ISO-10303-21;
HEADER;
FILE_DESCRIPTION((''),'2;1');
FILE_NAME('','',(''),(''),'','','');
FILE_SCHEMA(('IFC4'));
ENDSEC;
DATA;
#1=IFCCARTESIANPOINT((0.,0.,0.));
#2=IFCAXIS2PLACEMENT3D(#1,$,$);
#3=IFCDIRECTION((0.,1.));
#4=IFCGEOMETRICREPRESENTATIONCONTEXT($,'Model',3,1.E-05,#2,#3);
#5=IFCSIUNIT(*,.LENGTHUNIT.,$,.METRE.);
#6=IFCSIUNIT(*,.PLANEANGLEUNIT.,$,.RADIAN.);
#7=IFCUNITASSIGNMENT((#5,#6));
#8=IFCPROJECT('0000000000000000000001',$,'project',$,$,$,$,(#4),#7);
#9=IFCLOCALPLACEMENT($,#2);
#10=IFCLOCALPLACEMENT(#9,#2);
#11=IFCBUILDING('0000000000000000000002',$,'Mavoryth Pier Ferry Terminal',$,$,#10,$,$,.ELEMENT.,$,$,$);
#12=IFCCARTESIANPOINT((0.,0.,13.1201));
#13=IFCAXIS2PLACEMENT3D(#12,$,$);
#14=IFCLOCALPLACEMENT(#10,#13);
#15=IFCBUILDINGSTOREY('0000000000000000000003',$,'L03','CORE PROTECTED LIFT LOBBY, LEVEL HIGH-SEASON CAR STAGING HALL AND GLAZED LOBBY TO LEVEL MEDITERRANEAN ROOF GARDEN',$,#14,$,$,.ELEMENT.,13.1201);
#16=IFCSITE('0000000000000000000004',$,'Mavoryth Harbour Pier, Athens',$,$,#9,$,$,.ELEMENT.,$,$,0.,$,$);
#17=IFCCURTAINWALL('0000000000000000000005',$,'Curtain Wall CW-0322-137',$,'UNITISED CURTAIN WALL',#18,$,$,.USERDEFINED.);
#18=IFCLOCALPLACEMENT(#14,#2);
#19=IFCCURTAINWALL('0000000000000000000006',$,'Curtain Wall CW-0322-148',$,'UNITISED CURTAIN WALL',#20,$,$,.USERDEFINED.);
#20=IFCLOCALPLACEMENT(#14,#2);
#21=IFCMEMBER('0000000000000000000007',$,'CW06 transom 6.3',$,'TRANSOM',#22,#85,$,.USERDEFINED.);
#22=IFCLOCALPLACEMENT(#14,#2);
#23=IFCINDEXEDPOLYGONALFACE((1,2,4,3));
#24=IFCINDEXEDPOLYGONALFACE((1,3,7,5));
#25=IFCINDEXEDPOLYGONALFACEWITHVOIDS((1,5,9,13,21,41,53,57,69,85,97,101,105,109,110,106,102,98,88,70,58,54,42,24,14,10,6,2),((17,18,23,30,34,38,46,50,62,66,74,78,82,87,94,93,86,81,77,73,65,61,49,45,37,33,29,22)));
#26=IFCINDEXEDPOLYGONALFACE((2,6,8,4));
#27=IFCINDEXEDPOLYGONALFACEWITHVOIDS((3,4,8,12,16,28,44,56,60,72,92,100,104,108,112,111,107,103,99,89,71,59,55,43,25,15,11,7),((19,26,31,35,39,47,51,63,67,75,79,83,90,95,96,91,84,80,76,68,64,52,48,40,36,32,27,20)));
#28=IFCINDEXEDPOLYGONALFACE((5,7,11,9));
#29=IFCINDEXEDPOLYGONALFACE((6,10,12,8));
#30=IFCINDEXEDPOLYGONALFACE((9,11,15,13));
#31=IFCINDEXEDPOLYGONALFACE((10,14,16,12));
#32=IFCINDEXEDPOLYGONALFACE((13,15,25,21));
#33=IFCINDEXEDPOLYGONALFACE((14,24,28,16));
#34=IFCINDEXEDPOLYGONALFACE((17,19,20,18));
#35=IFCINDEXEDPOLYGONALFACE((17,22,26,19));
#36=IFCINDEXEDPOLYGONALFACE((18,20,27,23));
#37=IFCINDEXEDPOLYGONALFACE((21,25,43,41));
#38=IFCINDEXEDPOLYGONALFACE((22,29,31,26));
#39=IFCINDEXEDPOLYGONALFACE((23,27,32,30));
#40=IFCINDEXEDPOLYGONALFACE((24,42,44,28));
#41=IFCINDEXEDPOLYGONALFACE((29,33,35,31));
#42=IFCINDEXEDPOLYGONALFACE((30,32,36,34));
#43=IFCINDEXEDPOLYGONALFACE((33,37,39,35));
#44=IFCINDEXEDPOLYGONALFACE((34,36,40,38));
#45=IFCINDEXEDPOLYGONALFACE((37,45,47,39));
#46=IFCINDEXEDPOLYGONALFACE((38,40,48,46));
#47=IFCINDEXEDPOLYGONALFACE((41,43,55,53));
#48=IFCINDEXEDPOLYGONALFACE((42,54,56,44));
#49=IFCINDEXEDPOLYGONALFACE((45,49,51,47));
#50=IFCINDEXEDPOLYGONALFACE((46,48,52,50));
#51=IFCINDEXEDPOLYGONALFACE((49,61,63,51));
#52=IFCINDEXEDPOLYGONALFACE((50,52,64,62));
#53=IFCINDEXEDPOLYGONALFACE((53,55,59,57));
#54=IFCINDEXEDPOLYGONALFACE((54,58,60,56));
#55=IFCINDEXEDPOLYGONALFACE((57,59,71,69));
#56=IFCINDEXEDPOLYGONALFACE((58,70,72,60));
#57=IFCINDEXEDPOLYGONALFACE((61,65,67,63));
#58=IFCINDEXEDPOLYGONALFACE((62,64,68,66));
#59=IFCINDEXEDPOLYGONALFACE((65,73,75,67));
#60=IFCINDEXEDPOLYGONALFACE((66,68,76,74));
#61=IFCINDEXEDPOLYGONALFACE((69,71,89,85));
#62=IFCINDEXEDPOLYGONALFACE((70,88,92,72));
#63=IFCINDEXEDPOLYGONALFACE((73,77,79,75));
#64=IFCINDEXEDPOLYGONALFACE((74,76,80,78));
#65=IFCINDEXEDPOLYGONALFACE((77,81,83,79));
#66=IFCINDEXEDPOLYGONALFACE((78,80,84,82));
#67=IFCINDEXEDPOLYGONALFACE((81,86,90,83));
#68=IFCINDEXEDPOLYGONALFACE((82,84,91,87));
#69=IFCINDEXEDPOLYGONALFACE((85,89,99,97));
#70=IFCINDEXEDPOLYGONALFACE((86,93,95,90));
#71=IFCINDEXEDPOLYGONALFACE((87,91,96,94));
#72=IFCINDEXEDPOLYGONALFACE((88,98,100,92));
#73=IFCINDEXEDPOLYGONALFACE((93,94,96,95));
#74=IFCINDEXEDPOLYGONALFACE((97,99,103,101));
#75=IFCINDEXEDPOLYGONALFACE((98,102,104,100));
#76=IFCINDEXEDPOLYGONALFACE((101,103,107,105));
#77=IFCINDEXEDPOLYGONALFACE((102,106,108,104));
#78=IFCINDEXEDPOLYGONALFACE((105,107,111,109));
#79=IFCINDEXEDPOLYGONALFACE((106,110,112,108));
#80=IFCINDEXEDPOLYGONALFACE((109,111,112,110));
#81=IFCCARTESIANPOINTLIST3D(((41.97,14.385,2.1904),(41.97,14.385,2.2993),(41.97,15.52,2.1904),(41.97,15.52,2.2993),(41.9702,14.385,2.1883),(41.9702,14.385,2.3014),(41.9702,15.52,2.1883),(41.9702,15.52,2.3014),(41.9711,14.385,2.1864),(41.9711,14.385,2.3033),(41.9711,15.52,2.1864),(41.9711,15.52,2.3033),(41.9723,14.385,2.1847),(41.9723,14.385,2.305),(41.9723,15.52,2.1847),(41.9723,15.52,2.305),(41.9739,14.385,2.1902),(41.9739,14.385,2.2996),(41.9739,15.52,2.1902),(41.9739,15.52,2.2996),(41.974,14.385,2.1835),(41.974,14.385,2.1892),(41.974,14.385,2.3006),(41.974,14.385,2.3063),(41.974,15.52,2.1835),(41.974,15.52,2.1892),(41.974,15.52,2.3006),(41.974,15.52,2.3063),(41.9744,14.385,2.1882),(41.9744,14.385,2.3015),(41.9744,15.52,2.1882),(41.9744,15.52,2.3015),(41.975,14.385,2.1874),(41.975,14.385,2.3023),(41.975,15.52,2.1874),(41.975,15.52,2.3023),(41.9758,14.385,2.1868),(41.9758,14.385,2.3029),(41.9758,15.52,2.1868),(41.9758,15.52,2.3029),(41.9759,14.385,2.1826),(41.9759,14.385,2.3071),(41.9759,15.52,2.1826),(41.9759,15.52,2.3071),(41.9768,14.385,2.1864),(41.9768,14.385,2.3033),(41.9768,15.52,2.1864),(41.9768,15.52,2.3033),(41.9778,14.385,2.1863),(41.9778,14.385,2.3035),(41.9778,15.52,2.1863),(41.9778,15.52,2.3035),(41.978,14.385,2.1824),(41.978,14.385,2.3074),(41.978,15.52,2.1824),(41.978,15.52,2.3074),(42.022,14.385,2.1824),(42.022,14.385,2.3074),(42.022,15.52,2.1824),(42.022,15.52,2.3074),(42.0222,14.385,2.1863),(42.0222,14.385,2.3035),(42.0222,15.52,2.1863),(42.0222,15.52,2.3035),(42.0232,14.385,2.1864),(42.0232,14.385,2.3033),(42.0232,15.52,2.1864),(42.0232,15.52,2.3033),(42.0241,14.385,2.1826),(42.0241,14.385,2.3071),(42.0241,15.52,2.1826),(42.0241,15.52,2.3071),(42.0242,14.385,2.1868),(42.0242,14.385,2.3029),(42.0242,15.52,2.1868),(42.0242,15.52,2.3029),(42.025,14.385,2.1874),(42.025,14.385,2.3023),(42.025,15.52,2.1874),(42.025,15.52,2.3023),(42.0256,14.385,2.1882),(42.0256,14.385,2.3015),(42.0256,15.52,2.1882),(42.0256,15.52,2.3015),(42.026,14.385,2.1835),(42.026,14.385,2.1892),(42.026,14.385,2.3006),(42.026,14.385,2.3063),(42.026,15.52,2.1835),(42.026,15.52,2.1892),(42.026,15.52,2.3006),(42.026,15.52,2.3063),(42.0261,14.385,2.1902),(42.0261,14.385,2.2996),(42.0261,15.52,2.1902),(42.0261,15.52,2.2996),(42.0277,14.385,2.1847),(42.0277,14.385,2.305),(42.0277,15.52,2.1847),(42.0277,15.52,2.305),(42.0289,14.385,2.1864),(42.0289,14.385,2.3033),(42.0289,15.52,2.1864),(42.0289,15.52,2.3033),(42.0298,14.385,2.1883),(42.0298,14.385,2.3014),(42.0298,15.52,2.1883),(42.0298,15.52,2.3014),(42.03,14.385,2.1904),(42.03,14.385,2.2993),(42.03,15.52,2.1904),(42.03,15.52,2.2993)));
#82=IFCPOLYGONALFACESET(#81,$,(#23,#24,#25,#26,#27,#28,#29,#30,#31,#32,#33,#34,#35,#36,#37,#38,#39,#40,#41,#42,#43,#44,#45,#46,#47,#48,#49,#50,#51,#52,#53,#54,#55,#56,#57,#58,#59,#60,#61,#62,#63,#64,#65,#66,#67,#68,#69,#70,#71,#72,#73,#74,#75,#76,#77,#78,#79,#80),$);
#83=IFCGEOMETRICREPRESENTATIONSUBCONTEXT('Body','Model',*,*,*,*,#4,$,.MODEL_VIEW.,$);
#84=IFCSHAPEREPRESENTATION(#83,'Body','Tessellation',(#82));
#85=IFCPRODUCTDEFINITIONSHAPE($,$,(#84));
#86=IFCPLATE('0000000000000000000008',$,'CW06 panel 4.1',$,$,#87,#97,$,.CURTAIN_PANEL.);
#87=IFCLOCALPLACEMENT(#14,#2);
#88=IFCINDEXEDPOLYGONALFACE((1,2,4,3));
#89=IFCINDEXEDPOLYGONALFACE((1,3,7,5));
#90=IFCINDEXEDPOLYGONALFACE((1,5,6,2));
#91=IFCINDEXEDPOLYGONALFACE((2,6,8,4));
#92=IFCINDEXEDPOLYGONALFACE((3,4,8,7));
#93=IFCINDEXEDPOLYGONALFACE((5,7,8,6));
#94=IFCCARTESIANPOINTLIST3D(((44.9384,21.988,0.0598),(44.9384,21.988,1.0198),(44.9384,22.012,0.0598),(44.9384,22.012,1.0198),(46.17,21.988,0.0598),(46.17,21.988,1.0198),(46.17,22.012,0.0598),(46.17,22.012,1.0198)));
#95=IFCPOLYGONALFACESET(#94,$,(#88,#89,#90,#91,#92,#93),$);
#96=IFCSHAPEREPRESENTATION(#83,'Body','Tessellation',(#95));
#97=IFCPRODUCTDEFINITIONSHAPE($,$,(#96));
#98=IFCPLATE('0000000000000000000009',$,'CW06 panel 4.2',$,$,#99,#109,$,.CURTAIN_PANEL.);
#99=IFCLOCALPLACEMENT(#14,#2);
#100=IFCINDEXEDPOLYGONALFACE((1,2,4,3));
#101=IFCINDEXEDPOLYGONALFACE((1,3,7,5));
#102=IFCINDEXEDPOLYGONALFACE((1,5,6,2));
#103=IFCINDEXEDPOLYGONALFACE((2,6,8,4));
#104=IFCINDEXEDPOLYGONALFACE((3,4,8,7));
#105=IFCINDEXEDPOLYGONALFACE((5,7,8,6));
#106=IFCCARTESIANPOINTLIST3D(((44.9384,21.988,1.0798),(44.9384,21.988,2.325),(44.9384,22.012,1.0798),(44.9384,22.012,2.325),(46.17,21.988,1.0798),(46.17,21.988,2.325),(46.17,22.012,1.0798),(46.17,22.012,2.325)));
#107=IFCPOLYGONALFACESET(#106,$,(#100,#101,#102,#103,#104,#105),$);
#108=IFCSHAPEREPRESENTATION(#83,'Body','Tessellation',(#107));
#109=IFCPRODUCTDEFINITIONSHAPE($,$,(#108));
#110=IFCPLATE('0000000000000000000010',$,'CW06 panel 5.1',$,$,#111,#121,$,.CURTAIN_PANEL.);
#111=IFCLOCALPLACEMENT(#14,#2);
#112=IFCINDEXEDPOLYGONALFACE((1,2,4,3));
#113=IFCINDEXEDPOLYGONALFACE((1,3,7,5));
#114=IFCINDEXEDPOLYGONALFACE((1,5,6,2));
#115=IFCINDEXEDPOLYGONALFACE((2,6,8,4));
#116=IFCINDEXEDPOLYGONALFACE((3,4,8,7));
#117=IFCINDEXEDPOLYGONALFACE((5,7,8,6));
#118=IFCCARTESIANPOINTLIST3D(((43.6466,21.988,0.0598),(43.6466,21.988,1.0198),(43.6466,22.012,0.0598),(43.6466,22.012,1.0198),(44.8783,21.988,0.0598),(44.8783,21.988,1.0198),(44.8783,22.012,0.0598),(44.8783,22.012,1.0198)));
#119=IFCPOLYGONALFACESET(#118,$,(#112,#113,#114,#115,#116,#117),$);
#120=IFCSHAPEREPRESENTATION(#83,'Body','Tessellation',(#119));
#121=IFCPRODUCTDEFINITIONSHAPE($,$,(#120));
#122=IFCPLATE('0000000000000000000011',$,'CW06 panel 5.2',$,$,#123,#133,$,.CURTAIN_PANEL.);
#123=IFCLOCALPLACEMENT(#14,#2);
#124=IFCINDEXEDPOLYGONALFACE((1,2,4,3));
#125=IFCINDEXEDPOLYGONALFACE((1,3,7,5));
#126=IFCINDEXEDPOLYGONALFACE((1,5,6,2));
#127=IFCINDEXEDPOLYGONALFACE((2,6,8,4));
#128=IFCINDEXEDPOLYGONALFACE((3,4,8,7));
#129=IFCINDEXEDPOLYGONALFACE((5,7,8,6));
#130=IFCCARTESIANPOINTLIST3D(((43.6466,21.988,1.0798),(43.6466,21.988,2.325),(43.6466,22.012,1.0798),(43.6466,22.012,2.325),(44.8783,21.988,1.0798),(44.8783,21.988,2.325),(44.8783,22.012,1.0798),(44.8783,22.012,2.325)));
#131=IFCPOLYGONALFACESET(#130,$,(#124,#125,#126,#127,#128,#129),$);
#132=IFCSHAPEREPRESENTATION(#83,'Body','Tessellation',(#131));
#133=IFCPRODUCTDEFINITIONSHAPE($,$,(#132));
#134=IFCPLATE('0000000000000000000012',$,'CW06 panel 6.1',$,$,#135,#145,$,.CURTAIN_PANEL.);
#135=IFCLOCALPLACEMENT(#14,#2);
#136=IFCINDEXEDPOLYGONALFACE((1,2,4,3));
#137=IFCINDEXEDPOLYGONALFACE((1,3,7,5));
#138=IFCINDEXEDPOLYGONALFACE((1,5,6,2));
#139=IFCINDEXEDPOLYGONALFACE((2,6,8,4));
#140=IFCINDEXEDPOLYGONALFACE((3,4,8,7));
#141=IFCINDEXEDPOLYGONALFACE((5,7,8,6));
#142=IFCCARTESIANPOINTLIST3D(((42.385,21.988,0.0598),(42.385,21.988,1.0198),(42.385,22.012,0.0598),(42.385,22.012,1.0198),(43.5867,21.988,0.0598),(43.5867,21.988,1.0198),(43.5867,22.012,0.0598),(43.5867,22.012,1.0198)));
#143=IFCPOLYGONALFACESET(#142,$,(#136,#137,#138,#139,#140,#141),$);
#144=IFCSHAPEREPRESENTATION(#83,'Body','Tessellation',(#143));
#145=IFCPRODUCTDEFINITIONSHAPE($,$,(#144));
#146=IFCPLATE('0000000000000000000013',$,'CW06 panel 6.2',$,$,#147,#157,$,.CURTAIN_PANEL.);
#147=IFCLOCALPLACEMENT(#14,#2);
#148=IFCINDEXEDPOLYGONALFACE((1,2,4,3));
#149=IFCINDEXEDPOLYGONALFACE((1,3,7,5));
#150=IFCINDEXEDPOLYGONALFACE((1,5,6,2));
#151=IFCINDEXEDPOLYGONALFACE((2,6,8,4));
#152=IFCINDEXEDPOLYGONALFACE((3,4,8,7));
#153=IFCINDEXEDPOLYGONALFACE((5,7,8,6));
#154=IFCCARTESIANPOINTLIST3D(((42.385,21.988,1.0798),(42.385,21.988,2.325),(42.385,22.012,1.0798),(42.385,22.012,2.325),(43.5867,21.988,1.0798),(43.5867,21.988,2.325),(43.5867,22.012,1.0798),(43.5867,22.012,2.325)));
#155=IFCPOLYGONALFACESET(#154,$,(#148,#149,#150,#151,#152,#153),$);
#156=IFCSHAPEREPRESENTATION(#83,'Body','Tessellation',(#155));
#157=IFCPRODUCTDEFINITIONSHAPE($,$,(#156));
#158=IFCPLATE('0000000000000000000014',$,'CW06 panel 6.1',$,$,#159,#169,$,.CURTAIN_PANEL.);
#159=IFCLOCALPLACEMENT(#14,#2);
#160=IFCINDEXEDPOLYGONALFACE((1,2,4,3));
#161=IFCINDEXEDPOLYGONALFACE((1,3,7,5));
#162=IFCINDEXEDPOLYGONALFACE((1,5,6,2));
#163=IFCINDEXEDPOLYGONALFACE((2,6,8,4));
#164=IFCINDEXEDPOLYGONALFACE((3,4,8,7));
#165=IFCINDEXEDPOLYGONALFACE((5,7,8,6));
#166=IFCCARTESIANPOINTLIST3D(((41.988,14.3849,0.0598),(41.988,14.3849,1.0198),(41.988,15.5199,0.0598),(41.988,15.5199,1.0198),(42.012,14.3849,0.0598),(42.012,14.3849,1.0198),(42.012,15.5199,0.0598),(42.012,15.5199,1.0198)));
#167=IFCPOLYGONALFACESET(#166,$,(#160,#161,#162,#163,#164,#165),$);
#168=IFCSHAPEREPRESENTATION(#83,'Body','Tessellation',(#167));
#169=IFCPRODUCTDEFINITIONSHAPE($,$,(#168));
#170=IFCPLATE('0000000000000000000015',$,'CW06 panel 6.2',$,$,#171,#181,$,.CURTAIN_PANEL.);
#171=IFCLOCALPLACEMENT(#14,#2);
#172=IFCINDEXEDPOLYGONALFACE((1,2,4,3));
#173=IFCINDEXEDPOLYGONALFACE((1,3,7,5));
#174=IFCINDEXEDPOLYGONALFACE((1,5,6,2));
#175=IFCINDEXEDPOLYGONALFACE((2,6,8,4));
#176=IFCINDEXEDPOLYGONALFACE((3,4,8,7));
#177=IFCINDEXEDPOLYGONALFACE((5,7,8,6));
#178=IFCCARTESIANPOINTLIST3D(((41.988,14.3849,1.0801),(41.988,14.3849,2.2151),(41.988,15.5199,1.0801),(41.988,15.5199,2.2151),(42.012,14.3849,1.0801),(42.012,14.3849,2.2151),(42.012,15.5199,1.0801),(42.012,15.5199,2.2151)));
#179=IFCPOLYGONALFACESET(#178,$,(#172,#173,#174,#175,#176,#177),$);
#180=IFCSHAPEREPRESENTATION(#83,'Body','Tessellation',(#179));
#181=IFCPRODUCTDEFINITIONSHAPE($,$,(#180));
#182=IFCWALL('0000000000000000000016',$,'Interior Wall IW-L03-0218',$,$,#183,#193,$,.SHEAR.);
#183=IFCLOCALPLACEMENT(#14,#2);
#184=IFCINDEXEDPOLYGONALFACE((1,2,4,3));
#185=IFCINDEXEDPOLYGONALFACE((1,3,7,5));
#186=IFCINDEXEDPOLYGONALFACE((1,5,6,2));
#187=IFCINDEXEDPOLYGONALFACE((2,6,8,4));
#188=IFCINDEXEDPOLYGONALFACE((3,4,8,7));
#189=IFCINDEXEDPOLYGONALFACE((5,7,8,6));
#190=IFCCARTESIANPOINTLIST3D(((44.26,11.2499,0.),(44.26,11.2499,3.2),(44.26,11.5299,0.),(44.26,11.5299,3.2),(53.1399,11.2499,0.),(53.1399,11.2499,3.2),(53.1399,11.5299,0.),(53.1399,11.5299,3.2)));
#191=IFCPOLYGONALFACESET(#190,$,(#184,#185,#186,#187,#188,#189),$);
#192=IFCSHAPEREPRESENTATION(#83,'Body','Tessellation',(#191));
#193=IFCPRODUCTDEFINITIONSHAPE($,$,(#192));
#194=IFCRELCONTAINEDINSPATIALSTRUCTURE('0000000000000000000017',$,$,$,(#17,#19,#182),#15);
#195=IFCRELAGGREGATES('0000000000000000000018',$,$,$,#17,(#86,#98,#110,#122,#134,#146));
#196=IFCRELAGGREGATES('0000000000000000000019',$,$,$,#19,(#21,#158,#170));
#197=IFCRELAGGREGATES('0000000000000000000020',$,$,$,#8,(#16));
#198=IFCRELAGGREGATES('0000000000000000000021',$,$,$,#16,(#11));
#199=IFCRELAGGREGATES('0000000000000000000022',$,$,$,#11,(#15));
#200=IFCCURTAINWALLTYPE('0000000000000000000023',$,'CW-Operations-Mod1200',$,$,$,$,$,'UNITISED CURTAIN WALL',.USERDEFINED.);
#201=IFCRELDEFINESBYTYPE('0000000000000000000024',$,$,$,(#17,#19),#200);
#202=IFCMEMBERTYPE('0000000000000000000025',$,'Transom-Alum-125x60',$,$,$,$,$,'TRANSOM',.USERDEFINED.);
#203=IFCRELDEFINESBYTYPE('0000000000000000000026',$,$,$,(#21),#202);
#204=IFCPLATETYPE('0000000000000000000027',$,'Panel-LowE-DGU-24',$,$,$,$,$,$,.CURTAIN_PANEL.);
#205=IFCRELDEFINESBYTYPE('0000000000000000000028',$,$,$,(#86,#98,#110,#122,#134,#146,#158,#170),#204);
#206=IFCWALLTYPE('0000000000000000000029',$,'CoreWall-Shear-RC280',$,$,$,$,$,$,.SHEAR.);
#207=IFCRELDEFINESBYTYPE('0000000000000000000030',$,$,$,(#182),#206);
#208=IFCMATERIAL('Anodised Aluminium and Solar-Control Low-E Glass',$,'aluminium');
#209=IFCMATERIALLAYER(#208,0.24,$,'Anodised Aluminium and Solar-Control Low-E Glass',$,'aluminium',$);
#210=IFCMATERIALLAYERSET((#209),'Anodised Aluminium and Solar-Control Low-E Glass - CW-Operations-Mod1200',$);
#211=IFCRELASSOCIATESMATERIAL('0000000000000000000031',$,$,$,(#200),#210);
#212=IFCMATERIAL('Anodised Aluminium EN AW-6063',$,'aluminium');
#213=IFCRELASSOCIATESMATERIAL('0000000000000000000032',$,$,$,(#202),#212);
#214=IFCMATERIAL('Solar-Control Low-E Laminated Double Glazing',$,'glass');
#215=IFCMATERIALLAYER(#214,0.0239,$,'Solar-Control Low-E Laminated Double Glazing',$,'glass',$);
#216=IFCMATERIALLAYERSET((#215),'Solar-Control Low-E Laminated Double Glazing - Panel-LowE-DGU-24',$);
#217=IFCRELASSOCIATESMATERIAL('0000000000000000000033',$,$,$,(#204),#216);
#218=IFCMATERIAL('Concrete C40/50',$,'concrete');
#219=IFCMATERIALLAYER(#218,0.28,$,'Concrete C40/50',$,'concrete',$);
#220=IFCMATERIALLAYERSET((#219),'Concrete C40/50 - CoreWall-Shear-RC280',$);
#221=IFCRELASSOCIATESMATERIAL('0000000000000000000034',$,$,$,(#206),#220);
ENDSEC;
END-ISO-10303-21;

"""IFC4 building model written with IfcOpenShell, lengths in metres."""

from ifc_helpers import new_model, si_unit, direction, frame, frame_2d, origin, origin_2d, place, context, subcontext, project, spatial, rectangle, hollow_rectangle, extrude, material, layer, layer_set, material_profile, profile_set, type_object, element, aggregate, save


model = new_model("IFC4")

# Units and contexts
model_context = context("Model", 3, precision=1e-05, world=origin(), true_north=direction((0.0, 1.0)))
body_context = subcontext(model_context, "Body", "Model", "MODEL_VIEW")
ifc_project = project(units=[si_unit("LENGTHUNIT", "METRE"), si_unit("PLANEANGLEUNIT", "RADIAN")], contexts=[model_context])

# Site, building, storey
site_placement = place(None, origin())
site = spatial("IfcSite", under=ifc_project, at=site_placement, Name="Mavoryth Harbour Pier, Athens", CompositionType="ELEMENT", RefElevation=0.0)
building_placement = place(site_placement, origin())
building = spatial("IfcBuilding", under=site, at=building_placement, Name="Mavoryth Pier Ferry Terminal", CompositionType="ELEMENT")
storey_placement = place(building_placement, frame((0.0, 0.0, 13.1201)))
storey = spatial("IfcBuildingStorey", under=building, at=storey_placement, Name="L03", Description="CORE PROTECTED LIFT LOBBY, LEVEL HIGH-SEASON CAR STAGING HALL AND GLAZED LOBBY TO LEVEL MEDITERRANEAN ROOF GARDEN", CompositionType="ELEMENT", Elevation=13.1201)

# Shared definitions
ifc_material_1 = material(Name="Concrete C40/50", Category="concrete")

# Curtain wall
ifc_material_2 = material(Name="Anodised Aluminium and Solar-Control Low-E Glass", Category="aluminium")
ifc_layer_1 = layer(ifc_material_2, 0.24, Name="Anodised Aluminium and Solar-Control Low-E Glass", Category="aluminium")
ifc_layer_set_1 = layer_set([ifc_layer_1], Name="Anodised Aluminium and Solar-Control Low-E Glass - CW-Operations-Mod1200")
curtain_wall_type = type_object("IfcCurtainWallType", Name="CW-Operations-Mod1200", ElementType="UNITISED CURTAIN WALL", PredefinedType="USERDEFINED", material=ifc_layer_set_1)
curtain_wall_1_placement = place(storey_placement, origin())
curtain_wall_1 = element("IfcCurtainWall", 1, at=curtain_wall_1_placement, inside=storey, type_object=curtain_wall_type, Name="Curtain Wall CW-0322-137", ObjectType="UNITISED CURTAIN WALL", PredefinedType="USERDEFINED")
ifc_material_3 = material(Name="Anodised Aluminium EN AW-6063", Category="aluminium")

# Shared definitions
ifc_material_profile_1 = material_profile(ifc_material_3, hollow_rectangle(XDim=0.0601, YDim=0.125, WallThickness=0.0039, InnerFilletRadius=0.0039, OuterFilletRadius=0.0081, at=origin_2d()), Name="AL-TRAN 125x60x4", Category="aluminium")
ifc_profile_set_1 = profile_set([ifc_material_profile_1], Name="Anodised Aluminium EN AW-6063 - AL-TRAN 125x60x4")
member_type_1 = type_object("IfcMemberType", Name="Transom-Alum-125x60", ElementType="TRANSOM", PredefinedType="USERDEFINED", material=ifc_profile_set_1)

# Curtain wall, member
curtain_wall_2_placement = place(storey_placement, origin())
curtain_wall_2 = element("IfcCurtainWall", 2, at=curtain_wall_2_placement, inside=storey, type_object=curtain_wall_type, Name="Curtain Wall CW-0322-148", ObjectType="UNITISED CURTAIN WALL", PredefinedType="USERDEFINED")
member_1_placement = place(storey_placement, frame((42.0, 15.52, 2.2449), z_axis=(0.0, -1.0, 0.0), x_axis=(1.0, 0.0, 0.0)))
member_1 = element("IfcMember", 3, at=member_1_placement, type_object=member_type_1, Name="CW06 transom 6.3", ObjectType="TRANSOM", PredefinedType="USERDEFINED", context=body_context, shape_type="SweptSolid", body=[
    extrude(hollow_rectangle(XDim=0.0601, YDim=0.125, WallThickness=0.0039, InnerFilletRadius=0.0039, OuterFilletRadius=0.0081, at=origin_2d()), origin(), (0.0, 0.0, 1.0), 1.135),
])

# Plates
ifc_material_4 = material(Name="Solar-Control Low-E Laminated Double Glazing", Category="glass")
ifc_layer_2 = layer(ifc_material_4, 0.0239, Name="Solar-Control Low-E Laminated Double Glazing", Category="glass")
ifc_layer_set_2 = layer_set([ifc_layer_2], Name="Solar-Control Low-E Laminated Double Glazing - Panel-LowE-DGU-24")
plate_type = type_object("IfcPlateType", Name="Panel-LowE-DGU-24", PredefinedType="CURTAIN_PANEL", material=ifc_layer_set_2)
plate_1_placement = place(storey_placement, frame((45.5542, 22.0, 0.0598), z_axis=(0.0, 0.0, 1.0), x_axis=(-1.0, 0.0, 0.0)))
plate_1 = element("IfcPlate", 4, at=plate_1_placement, type_object=plate_type, Name="CW06 panel 4.1", PredefinedType="CURTAIN_PANEL", context=body_context, shape_type="SweptSolid", body=[
    extrude(rectangle(XDim=1.2317, YDim=0.0239, at=origin_2d()), origin(), (0.0, 0.0, 1.0), 0.96),
])
plate_2_placement = place(storey_placement, frame((45.5542, 22.0, 1.0798), z_axis=(0.0, 0.0, 1.0), x_axis=(-1.0, 0.0, 0.0)))
plate_2 = element("IfcPlate", 5, at=plate_2_placement, type_object=plate_type, Name="CW06 panel 4.2", PredefinedType="CURTAIN_PANEL", context=body_context, shape_type="SweptSolid", body=[
    extrude(rectangle(XDim=1.2317, YDim=0.0239, at=origin_2d()), origin(), (0.0, 0.0, 1.0), 1.2451),
])
plate_3_placement = place(storey_placement, frame((44.2625, 22.0, 0.0598), z_axis=(0.0, 0.0, 1.0), x_axis=(-1.0, 0.0, 0.0)))
plate_3 = element("IfcPlate", 6, at=plate_3_placement, type_object=plate_type, Name="CW06 panel 5.1", PredefinedType="CURTAIN_PANEL", context=body_context, shape_type="SweptSolid", body=[
    extrude(rectangle(XDim=1.2317, YDim=0.0239, at=origin_2d()), origin(), (0.0, 0.0, 1.0), 0.96),
])
plate_4_placement = place(storey_placement, frame((44.2625, 22.0, 1.0798), z_axis=(0.0, 0.0, 1.0), x_axis=(-1.0, 0.0, 0.0)))
plate_4 = element("IfcPlate", 7, at=plate_4_placement, type_object=plate_type, Name="CW06 panel 5.2", PredefinedType="CURTAIN_PANEL", context=body_context, shape_type="SweptSolid", body=[
    extrude(rectangle(XDim=1.2317, YDim=0.0239, at=origin_2d()), origin(), (0.0, 0.0, 1.0), 1.2451),
])
plate_5_placement = place(storey_placement, frame((42.9858, 22.0, 0.0598), z_axis=(0.0, 0.0, 1.0), x_axis=(-1.0, 0.0, 0.0)))
plate_5 = element("IfcPlate", 8, at=plate_5_placement, type_object=plate_type, Name="CW06 panel 6.1", PredefinedType="CURTAIN_PANEL", context=body_context, shape_type="SweptSolid", body=[
    extrude(rectangle(XDim=1.2017, YDim=0.0239, at=origin_2d()), origin(), (0.0, 0.0, 1.0), 0.96),
])
plate_6_placement = place(storey_placement, frame((42.9858, 22.0, 1.0798), z_axis=(0.0, 0.0, 1.0), x_axis=(-1.0, 0.0, 0.0)))
plate_6 = element("IfcPlate", 9, at=plate_6_placement, type_object=plate_type, Name="CW06 panel 6.2", PredefinedType="CURTAIN_PANEL", context=body_context, shape_type="SweptSolid", body=[
    extrude(rectangle(XDim=1.2017, YDim=0.0239, at=origin_2d()), origin(), (0.0, 0.0, 1.0), 1.2451),
])
aggregate(curtain_wall_1, [plate_1, plate_2, plate_3, plate_4, plate_5, plate_6])
plate_7_placement = place(storey_placement, frame((42.0, 14.9524, 0.0598), z_axis=(0.0, 0.0, 1.0), x_axis=(0.0, -1.0, 0.0)))
plate_7 = element("IfcPlate", 10, at=plate_7_placement, type_object=plate_type, Name="CW06 panel 6.1", PredefinedType="CURTAIN_PANEL", context=body_context, shape_type="SweptSolid", body=[
    extrude(rectangle(XDim=1.135, YDim=0.0239, at=origin_2d()), origin(), (0.0, 0.0, 1.0), 0.96),
])
plate_8_placement = place(storey_placement, frame((42.0, 14.9524, 1.0801), z_axis=(0.0, 0.0, 1.0), x_axis=(0.0, -1.0, 0.0)))
plate_8 = element("IfcPlate", 11, at=plate_8_placement, type_object=plate_type, Name="CW06 panel 6.2", PredefinedType="CURTAIN_PANEL", context=body_context, shape_type="SweptSolid", body=[
    extrude(rectangle(XDim=1.135, YDim=0.0239, at=origin_2d()), origin(), (0.0, 0.0, 1.0), 1.135),
])
aggregate(curtain_wall_2, [member_1, plate_7, plate_8])

# Wall
ifc_layer_3 = layer(ifc_material_1, 0.28, Name="Concrete C40/50", Category="concrete")
ifc_layer_set_3 = layer_set([ifc_layer_3], Name="Concrete C40/50 - CoreWall-Shear-RC280")
wall_type_1 = type_object("IfcWallType", Name="CoreWall-Shear-RC280", PredefinedType="SHEAR", material=ifc_layer_set_3)
wall_1_placement = place(storey_placement, frame((44.26, 11.3899, 0.0), z_axis=(0.0, 0.0, 1.0), x_axis=(1.0, 0.0, 0.0)))
element("IfcWall", 12, at=wall_1_placement, inside=storey, type_object=wall_type_1, Name="Interior Wall IW-L03-0218", PredefinedType="SHEAR", context=body_context, shape_type="SweptSolid", body=[
    extrude(rectangle(XDim=8.8799, YDim=0.28, at=frame_2d((4.4399, 0.0))), origin(), (0.0, 0.0, 1.0), 3.2),
])

save(model, "model.ifc")
